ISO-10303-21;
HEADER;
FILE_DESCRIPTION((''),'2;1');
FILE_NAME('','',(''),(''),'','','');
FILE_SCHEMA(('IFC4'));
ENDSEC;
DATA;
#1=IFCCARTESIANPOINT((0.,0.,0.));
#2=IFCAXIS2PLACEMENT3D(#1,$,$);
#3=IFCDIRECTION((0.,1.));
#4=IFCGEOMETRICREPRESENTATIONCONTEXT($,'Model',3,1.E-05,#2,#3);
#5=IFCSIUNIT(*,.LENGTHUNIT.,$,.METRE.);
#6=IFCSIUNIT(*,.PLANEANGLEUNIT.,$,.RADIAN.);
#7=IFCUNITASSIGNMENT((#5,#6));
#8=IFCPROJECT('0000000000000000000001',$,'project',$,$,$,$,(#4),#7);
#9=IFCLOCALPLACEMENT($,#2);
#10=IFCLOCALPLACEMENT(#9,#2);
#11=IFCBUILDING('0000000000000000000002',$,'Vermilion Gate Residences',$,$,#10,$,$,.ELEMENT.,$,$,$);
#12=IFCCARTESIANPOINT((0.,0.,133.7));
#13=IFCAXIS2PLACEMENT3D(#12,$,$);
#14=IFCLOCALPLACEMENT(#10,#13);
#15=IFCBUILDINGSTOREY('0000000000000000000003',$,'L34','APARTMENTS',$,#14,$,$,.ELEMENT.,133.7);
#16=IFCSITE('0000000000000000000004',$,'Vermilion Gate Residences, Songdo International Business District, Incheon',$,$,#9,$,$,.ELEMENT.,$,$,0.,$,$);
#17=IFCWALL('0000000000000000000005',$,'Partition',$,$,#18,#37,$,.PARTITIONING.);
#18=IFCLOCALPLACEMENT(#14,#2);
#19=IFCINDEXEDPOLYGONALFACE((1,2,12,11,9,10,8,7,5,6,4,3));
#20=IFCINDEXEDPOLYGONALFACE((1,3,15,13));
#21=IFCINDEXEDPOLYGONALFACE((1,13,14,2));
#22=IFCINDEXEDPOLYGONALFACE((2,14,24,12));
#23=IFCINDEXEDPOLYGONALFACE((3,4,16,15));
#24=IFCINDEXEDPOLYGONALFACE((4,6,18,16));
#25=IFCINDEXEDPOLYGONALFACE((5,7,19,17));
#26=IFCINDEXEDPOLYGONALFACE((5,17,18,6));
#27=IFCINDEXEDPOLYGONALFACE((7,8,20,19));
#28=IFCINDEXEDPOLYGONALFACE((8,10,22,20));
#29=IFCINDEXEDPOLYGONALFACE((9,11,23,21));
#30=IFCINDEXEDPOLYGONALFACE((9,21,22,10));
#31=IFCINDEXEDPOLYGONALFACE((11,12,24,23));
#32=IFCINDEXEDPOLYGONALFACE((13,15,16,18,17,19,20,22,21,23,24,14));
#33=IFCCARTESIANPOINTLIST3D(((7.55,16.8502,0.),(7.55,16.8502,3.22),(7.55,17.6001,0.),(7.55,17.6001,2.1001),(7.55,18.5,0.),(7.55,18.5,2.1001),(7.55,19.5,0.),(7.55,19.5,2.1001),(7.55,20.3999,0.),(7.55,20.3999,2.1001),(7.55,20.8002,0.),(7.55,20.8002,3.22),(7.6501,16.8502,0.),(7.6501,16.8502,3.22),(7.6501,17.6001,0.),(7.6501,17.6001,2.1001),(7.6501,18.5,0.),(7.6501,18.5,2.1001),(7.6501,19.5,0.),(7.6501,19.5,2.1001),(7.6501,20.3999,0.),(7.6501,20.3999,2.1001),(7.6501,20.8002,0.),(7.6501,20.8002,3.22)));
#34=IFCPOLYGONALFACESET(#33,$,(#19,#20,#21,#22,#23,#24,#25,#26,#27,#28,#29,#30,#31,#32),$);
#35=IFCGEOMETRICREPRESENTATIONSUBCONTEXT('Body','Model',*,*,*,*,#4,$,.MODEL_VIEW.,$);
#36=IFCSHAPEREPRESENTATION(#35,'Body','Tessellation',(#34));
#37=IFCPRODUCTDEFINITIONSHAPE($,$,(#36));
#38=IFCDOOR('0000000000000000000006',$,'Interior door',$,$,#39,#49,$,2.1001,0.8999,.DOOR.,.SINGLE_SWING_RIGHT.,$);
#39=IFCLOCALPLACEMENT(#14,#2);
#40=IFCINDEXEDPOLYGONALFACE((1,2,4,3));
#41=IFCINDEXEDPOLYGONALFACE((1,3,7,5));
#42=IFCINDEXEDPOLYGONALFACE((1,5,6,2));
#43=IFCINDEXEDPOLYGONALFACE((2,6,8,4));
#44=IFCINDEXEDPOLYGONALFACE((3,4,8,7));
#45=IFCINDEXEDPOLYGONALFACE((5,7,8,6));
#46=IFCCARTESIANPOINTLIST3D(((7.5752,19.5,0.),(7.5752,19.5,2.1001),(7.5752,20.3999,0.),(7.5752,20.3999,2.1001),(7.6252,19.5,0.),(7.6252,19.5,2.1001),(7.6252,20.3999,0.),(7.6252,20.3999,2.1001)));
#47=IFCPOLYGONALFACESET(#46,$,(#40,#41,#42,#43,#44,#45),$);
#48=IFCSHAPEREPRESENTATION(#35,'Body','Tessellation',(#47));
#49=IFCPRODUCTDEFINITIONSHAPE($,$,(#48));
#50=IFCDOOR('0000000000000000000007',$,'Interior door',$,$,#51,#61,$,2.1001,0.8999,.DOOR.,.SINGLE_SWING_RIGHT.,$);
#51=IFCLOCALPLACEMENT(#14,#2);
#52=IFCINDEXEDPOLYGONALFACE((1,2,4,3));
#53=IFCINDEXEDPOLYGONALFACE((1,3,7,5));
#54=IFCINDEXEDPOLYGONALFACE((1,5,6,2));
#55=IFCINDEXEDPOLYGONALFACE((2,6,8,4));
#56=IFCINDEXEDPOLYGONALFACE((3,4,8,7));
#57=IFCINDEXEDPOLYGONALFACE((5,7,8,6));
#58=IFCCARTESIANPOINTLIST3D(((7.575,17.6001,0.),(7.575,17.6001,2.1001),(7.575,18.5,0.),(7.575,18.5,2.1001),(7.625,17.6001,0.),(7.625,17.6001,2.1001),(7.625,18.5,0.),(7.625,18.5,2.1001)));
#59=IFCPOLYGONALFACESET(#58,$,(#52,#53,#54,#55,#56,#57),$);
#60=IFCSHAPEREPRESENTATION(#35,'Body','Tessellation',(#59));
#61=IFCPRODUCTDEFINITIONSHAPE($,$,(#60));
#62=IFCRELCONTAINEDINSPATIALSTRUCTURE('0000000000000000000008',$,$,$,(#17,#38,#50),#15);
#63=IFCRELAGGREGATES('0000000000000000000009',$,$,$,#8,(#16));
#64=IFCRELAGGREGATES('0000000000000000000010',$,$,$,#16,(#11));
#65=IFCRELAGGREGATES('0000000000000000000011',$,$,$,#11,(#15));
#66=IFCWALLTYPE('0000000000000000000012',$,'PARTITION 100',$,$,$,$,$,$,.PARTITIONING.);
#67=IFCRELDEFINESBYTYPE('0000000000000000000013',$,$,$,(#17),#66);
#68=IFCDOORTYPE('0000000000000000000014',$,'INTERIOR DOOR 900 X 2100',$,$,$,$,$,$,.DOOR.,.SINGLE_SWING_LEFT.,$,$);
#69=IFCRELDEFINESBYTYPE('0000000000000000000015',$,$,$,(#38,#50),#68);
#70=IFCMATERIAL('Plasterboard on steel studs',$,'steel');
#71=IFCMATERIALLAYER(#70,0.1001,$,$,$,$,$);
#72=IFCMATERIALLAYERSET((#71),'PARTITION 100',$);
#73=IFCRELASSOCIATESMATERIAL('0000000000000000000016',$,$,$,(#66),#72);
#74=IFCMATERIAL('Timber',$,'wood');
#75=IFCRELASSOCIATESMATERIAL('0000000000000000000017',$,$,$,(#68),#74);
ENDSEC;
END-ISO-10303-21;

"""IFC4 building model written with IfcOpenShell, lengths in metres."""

from ifc_helpers import new_model, si_unit, direction, frame, frame_2d, origin, place, context, subcontext, project, spatial, rectangle, extrude, material, layer, layer_set, type_object, element, fill, save


model = new_model("IFC4")

# Units and contexts
model_context = context("Model", 3, precision=1e-05, world=origin(), true_north=direction((0.0, 1.0)))
body_context = subcontext(model_context, "Body", "Model", "MODEL_VIEW")
ifc_project = project(units=[si_unit("LENGTHUNIT", "METRE"), si_unit("PLANEANGLEUNIT", "RADIAN")], contexts=[model_context])

# Site, building, storey
site_placement = place(None, origin())
site = spatial("IfcSite", under=ifc_project, at=site_placement, Name="Vermilion Gate Residences, Songdo International Business District, Incheon", CompositionType="ELEMENT", RefElevation=0.0)
building_placement = place(site_placement, origin())
building = spatial("IfcBuilding", under=site, at=building_placement, Name="Vermilion Gate Residences", CompositionType="ELEMENT")
storey_placement = place(building_placement, frame((0.0, 0.0, 133.7)))
storey = spatial("IfcBuildingStorey", under=building, at=storey_placement, Name="L34", Description="APARTMENTS", CompositionType="ELEMENT", Elevation=133.7)

# Shared definitions
ifc_material_1 = material(Name="Plasterboard on steel studs", Category="steel")
ifc_layer_1 = layer(ifc_material_1, 0.1001)
ifc_layer_set_1 = layer_set([ifc_layer_1], Name="PARTITION 100")
wall_type_1 = type_object("IfcWallType", Name="PARTITION 100", PredefinedType="PARTITIONING", material=ifc_layer_set_1)

# Shared definitions
ifc_material_2 = material(Name="Timber", Category="wood")
door_type = type_object("IfcDoorType", Name="INTERIOR DOOR 900 X 2100", OperationType="SINGLE_SWING_LEFT", PredefinedType="DOOR", material=ifc_material_2)

# Wall, openings, doors
wall_1_placement = place(storey_placement, frame((7.6001, 16.8501, 0.0), z_axis=(0.0, 0.0, 1.0), x_axis=(0.0, 1.0, 0.0)))
wall_1 = element("IfcWall", 1, at=wall_1_placement, inside=storey, type_object=wall_type_1, Name="Partition", PredefinedType="PARTITIONING", context=body_context, shape_type="SweptSolid", body=[
    extrude(rectangle(XDim=3.95, YDim=0.1001, at=frame_2d((1.9751, 0.0))), origin(), (0.0, 0.0, 1.0), 3.22),
])
opening_1_placement = place(wall_1_placement, frame((2.6499, 0.0, 0.0)))
opening_1 = element("IfcOpeningElement", 2, at=opening_1_placement, cuts=wall_1, PredefinedType="OPENING", context=body_context, shape_type="SweptSolid", body=[
    extrude(rectangle(XDim=0.8999, YDim=2.1001, at=frame_2d((0.45, 1.05))), frame((0.0, 0.0601, 0.0), z_axis=(0.0, -1.0, 0.0), x_axis=(1.0, 0.0, 0.0)), (0.0, 0.0, 1.0), 0.1201),
])
opening_2_placement = place(wall_1_placement, frame((0.75, 0.0, 0.0)))
opening_2 = element("IfcOpeningElement", 3, at=opening_2_placement, cuts=wall_1, PredefinedType="OPENING", context=body_context, shape_type="SweptSolid", body=[
    extrude(rectangle(XDim=0.8999, YDim=2.1001, at=frame_2d((0.45, 1.05))), frame((0.0, 0.0601, 0.0), z_axis=(0.0, -1.0, 0.0), x_axis=(1.0, 0.0, 0.0)), (0.0, 0.0, 1.0), 0.1201),
])
door_1_placement = place(opening_1_placement, origin())
door_1 = element("IfcDoor", 4, at=door_1_placement, inside=storey, type_object=door_type, Name="Interior door", OperationType="SINGLE_SWING_RIGHT", OverallHeight=2.1001, OverallWidth=0.8999, PredefinedType="DOOR", context=body_context, shape_type="SweptSolid", body=[
    extrude(rectangle(XDim=0.8999, YDim=2.1001, at=frame_2d((0.45, 1.05))), frame((0.0, 0.0249, 0.0), z_axis=(0.0, -1.0, 0.0), x_axis=(1.0, 0.0, 0.0)), (0.0, 0.0, 1.0), 0.05),
])
fill(opening_1, door_1)
door_2_placement = place(opening_2_placement, frame((0.8999, 0.0, 0.0), z_axis=(0.0, 0.0, 1.0), x_axis=(-1.0, 0.0, 0.0)))
door_2 = element("IfcDoor", 5, at=door_2_placement, inside=storey, type_object=door_type, Name="Interior door", OperationType="SINGLE_SWING_RIGHT", OverallHeight=2.1001, OverallWidth=0.8999, PredefinedType="DOOR", context=body_context, shape_type="SweptSolid", body=[
    extrude(rectangle(XDim=0.8999, YDim=2.1001, at=frame_2d((0.45, 1.05))), frame((0.0, 0.0249, 0.0), z_axis=(0.0, -1.0, 0.0), x_axis=(1.0, 0.0, 0.0)), (0.0, 0.0, 1.0), 0.05),
])
fill(opening_2, door_2)

save(model, "model.ifc")
